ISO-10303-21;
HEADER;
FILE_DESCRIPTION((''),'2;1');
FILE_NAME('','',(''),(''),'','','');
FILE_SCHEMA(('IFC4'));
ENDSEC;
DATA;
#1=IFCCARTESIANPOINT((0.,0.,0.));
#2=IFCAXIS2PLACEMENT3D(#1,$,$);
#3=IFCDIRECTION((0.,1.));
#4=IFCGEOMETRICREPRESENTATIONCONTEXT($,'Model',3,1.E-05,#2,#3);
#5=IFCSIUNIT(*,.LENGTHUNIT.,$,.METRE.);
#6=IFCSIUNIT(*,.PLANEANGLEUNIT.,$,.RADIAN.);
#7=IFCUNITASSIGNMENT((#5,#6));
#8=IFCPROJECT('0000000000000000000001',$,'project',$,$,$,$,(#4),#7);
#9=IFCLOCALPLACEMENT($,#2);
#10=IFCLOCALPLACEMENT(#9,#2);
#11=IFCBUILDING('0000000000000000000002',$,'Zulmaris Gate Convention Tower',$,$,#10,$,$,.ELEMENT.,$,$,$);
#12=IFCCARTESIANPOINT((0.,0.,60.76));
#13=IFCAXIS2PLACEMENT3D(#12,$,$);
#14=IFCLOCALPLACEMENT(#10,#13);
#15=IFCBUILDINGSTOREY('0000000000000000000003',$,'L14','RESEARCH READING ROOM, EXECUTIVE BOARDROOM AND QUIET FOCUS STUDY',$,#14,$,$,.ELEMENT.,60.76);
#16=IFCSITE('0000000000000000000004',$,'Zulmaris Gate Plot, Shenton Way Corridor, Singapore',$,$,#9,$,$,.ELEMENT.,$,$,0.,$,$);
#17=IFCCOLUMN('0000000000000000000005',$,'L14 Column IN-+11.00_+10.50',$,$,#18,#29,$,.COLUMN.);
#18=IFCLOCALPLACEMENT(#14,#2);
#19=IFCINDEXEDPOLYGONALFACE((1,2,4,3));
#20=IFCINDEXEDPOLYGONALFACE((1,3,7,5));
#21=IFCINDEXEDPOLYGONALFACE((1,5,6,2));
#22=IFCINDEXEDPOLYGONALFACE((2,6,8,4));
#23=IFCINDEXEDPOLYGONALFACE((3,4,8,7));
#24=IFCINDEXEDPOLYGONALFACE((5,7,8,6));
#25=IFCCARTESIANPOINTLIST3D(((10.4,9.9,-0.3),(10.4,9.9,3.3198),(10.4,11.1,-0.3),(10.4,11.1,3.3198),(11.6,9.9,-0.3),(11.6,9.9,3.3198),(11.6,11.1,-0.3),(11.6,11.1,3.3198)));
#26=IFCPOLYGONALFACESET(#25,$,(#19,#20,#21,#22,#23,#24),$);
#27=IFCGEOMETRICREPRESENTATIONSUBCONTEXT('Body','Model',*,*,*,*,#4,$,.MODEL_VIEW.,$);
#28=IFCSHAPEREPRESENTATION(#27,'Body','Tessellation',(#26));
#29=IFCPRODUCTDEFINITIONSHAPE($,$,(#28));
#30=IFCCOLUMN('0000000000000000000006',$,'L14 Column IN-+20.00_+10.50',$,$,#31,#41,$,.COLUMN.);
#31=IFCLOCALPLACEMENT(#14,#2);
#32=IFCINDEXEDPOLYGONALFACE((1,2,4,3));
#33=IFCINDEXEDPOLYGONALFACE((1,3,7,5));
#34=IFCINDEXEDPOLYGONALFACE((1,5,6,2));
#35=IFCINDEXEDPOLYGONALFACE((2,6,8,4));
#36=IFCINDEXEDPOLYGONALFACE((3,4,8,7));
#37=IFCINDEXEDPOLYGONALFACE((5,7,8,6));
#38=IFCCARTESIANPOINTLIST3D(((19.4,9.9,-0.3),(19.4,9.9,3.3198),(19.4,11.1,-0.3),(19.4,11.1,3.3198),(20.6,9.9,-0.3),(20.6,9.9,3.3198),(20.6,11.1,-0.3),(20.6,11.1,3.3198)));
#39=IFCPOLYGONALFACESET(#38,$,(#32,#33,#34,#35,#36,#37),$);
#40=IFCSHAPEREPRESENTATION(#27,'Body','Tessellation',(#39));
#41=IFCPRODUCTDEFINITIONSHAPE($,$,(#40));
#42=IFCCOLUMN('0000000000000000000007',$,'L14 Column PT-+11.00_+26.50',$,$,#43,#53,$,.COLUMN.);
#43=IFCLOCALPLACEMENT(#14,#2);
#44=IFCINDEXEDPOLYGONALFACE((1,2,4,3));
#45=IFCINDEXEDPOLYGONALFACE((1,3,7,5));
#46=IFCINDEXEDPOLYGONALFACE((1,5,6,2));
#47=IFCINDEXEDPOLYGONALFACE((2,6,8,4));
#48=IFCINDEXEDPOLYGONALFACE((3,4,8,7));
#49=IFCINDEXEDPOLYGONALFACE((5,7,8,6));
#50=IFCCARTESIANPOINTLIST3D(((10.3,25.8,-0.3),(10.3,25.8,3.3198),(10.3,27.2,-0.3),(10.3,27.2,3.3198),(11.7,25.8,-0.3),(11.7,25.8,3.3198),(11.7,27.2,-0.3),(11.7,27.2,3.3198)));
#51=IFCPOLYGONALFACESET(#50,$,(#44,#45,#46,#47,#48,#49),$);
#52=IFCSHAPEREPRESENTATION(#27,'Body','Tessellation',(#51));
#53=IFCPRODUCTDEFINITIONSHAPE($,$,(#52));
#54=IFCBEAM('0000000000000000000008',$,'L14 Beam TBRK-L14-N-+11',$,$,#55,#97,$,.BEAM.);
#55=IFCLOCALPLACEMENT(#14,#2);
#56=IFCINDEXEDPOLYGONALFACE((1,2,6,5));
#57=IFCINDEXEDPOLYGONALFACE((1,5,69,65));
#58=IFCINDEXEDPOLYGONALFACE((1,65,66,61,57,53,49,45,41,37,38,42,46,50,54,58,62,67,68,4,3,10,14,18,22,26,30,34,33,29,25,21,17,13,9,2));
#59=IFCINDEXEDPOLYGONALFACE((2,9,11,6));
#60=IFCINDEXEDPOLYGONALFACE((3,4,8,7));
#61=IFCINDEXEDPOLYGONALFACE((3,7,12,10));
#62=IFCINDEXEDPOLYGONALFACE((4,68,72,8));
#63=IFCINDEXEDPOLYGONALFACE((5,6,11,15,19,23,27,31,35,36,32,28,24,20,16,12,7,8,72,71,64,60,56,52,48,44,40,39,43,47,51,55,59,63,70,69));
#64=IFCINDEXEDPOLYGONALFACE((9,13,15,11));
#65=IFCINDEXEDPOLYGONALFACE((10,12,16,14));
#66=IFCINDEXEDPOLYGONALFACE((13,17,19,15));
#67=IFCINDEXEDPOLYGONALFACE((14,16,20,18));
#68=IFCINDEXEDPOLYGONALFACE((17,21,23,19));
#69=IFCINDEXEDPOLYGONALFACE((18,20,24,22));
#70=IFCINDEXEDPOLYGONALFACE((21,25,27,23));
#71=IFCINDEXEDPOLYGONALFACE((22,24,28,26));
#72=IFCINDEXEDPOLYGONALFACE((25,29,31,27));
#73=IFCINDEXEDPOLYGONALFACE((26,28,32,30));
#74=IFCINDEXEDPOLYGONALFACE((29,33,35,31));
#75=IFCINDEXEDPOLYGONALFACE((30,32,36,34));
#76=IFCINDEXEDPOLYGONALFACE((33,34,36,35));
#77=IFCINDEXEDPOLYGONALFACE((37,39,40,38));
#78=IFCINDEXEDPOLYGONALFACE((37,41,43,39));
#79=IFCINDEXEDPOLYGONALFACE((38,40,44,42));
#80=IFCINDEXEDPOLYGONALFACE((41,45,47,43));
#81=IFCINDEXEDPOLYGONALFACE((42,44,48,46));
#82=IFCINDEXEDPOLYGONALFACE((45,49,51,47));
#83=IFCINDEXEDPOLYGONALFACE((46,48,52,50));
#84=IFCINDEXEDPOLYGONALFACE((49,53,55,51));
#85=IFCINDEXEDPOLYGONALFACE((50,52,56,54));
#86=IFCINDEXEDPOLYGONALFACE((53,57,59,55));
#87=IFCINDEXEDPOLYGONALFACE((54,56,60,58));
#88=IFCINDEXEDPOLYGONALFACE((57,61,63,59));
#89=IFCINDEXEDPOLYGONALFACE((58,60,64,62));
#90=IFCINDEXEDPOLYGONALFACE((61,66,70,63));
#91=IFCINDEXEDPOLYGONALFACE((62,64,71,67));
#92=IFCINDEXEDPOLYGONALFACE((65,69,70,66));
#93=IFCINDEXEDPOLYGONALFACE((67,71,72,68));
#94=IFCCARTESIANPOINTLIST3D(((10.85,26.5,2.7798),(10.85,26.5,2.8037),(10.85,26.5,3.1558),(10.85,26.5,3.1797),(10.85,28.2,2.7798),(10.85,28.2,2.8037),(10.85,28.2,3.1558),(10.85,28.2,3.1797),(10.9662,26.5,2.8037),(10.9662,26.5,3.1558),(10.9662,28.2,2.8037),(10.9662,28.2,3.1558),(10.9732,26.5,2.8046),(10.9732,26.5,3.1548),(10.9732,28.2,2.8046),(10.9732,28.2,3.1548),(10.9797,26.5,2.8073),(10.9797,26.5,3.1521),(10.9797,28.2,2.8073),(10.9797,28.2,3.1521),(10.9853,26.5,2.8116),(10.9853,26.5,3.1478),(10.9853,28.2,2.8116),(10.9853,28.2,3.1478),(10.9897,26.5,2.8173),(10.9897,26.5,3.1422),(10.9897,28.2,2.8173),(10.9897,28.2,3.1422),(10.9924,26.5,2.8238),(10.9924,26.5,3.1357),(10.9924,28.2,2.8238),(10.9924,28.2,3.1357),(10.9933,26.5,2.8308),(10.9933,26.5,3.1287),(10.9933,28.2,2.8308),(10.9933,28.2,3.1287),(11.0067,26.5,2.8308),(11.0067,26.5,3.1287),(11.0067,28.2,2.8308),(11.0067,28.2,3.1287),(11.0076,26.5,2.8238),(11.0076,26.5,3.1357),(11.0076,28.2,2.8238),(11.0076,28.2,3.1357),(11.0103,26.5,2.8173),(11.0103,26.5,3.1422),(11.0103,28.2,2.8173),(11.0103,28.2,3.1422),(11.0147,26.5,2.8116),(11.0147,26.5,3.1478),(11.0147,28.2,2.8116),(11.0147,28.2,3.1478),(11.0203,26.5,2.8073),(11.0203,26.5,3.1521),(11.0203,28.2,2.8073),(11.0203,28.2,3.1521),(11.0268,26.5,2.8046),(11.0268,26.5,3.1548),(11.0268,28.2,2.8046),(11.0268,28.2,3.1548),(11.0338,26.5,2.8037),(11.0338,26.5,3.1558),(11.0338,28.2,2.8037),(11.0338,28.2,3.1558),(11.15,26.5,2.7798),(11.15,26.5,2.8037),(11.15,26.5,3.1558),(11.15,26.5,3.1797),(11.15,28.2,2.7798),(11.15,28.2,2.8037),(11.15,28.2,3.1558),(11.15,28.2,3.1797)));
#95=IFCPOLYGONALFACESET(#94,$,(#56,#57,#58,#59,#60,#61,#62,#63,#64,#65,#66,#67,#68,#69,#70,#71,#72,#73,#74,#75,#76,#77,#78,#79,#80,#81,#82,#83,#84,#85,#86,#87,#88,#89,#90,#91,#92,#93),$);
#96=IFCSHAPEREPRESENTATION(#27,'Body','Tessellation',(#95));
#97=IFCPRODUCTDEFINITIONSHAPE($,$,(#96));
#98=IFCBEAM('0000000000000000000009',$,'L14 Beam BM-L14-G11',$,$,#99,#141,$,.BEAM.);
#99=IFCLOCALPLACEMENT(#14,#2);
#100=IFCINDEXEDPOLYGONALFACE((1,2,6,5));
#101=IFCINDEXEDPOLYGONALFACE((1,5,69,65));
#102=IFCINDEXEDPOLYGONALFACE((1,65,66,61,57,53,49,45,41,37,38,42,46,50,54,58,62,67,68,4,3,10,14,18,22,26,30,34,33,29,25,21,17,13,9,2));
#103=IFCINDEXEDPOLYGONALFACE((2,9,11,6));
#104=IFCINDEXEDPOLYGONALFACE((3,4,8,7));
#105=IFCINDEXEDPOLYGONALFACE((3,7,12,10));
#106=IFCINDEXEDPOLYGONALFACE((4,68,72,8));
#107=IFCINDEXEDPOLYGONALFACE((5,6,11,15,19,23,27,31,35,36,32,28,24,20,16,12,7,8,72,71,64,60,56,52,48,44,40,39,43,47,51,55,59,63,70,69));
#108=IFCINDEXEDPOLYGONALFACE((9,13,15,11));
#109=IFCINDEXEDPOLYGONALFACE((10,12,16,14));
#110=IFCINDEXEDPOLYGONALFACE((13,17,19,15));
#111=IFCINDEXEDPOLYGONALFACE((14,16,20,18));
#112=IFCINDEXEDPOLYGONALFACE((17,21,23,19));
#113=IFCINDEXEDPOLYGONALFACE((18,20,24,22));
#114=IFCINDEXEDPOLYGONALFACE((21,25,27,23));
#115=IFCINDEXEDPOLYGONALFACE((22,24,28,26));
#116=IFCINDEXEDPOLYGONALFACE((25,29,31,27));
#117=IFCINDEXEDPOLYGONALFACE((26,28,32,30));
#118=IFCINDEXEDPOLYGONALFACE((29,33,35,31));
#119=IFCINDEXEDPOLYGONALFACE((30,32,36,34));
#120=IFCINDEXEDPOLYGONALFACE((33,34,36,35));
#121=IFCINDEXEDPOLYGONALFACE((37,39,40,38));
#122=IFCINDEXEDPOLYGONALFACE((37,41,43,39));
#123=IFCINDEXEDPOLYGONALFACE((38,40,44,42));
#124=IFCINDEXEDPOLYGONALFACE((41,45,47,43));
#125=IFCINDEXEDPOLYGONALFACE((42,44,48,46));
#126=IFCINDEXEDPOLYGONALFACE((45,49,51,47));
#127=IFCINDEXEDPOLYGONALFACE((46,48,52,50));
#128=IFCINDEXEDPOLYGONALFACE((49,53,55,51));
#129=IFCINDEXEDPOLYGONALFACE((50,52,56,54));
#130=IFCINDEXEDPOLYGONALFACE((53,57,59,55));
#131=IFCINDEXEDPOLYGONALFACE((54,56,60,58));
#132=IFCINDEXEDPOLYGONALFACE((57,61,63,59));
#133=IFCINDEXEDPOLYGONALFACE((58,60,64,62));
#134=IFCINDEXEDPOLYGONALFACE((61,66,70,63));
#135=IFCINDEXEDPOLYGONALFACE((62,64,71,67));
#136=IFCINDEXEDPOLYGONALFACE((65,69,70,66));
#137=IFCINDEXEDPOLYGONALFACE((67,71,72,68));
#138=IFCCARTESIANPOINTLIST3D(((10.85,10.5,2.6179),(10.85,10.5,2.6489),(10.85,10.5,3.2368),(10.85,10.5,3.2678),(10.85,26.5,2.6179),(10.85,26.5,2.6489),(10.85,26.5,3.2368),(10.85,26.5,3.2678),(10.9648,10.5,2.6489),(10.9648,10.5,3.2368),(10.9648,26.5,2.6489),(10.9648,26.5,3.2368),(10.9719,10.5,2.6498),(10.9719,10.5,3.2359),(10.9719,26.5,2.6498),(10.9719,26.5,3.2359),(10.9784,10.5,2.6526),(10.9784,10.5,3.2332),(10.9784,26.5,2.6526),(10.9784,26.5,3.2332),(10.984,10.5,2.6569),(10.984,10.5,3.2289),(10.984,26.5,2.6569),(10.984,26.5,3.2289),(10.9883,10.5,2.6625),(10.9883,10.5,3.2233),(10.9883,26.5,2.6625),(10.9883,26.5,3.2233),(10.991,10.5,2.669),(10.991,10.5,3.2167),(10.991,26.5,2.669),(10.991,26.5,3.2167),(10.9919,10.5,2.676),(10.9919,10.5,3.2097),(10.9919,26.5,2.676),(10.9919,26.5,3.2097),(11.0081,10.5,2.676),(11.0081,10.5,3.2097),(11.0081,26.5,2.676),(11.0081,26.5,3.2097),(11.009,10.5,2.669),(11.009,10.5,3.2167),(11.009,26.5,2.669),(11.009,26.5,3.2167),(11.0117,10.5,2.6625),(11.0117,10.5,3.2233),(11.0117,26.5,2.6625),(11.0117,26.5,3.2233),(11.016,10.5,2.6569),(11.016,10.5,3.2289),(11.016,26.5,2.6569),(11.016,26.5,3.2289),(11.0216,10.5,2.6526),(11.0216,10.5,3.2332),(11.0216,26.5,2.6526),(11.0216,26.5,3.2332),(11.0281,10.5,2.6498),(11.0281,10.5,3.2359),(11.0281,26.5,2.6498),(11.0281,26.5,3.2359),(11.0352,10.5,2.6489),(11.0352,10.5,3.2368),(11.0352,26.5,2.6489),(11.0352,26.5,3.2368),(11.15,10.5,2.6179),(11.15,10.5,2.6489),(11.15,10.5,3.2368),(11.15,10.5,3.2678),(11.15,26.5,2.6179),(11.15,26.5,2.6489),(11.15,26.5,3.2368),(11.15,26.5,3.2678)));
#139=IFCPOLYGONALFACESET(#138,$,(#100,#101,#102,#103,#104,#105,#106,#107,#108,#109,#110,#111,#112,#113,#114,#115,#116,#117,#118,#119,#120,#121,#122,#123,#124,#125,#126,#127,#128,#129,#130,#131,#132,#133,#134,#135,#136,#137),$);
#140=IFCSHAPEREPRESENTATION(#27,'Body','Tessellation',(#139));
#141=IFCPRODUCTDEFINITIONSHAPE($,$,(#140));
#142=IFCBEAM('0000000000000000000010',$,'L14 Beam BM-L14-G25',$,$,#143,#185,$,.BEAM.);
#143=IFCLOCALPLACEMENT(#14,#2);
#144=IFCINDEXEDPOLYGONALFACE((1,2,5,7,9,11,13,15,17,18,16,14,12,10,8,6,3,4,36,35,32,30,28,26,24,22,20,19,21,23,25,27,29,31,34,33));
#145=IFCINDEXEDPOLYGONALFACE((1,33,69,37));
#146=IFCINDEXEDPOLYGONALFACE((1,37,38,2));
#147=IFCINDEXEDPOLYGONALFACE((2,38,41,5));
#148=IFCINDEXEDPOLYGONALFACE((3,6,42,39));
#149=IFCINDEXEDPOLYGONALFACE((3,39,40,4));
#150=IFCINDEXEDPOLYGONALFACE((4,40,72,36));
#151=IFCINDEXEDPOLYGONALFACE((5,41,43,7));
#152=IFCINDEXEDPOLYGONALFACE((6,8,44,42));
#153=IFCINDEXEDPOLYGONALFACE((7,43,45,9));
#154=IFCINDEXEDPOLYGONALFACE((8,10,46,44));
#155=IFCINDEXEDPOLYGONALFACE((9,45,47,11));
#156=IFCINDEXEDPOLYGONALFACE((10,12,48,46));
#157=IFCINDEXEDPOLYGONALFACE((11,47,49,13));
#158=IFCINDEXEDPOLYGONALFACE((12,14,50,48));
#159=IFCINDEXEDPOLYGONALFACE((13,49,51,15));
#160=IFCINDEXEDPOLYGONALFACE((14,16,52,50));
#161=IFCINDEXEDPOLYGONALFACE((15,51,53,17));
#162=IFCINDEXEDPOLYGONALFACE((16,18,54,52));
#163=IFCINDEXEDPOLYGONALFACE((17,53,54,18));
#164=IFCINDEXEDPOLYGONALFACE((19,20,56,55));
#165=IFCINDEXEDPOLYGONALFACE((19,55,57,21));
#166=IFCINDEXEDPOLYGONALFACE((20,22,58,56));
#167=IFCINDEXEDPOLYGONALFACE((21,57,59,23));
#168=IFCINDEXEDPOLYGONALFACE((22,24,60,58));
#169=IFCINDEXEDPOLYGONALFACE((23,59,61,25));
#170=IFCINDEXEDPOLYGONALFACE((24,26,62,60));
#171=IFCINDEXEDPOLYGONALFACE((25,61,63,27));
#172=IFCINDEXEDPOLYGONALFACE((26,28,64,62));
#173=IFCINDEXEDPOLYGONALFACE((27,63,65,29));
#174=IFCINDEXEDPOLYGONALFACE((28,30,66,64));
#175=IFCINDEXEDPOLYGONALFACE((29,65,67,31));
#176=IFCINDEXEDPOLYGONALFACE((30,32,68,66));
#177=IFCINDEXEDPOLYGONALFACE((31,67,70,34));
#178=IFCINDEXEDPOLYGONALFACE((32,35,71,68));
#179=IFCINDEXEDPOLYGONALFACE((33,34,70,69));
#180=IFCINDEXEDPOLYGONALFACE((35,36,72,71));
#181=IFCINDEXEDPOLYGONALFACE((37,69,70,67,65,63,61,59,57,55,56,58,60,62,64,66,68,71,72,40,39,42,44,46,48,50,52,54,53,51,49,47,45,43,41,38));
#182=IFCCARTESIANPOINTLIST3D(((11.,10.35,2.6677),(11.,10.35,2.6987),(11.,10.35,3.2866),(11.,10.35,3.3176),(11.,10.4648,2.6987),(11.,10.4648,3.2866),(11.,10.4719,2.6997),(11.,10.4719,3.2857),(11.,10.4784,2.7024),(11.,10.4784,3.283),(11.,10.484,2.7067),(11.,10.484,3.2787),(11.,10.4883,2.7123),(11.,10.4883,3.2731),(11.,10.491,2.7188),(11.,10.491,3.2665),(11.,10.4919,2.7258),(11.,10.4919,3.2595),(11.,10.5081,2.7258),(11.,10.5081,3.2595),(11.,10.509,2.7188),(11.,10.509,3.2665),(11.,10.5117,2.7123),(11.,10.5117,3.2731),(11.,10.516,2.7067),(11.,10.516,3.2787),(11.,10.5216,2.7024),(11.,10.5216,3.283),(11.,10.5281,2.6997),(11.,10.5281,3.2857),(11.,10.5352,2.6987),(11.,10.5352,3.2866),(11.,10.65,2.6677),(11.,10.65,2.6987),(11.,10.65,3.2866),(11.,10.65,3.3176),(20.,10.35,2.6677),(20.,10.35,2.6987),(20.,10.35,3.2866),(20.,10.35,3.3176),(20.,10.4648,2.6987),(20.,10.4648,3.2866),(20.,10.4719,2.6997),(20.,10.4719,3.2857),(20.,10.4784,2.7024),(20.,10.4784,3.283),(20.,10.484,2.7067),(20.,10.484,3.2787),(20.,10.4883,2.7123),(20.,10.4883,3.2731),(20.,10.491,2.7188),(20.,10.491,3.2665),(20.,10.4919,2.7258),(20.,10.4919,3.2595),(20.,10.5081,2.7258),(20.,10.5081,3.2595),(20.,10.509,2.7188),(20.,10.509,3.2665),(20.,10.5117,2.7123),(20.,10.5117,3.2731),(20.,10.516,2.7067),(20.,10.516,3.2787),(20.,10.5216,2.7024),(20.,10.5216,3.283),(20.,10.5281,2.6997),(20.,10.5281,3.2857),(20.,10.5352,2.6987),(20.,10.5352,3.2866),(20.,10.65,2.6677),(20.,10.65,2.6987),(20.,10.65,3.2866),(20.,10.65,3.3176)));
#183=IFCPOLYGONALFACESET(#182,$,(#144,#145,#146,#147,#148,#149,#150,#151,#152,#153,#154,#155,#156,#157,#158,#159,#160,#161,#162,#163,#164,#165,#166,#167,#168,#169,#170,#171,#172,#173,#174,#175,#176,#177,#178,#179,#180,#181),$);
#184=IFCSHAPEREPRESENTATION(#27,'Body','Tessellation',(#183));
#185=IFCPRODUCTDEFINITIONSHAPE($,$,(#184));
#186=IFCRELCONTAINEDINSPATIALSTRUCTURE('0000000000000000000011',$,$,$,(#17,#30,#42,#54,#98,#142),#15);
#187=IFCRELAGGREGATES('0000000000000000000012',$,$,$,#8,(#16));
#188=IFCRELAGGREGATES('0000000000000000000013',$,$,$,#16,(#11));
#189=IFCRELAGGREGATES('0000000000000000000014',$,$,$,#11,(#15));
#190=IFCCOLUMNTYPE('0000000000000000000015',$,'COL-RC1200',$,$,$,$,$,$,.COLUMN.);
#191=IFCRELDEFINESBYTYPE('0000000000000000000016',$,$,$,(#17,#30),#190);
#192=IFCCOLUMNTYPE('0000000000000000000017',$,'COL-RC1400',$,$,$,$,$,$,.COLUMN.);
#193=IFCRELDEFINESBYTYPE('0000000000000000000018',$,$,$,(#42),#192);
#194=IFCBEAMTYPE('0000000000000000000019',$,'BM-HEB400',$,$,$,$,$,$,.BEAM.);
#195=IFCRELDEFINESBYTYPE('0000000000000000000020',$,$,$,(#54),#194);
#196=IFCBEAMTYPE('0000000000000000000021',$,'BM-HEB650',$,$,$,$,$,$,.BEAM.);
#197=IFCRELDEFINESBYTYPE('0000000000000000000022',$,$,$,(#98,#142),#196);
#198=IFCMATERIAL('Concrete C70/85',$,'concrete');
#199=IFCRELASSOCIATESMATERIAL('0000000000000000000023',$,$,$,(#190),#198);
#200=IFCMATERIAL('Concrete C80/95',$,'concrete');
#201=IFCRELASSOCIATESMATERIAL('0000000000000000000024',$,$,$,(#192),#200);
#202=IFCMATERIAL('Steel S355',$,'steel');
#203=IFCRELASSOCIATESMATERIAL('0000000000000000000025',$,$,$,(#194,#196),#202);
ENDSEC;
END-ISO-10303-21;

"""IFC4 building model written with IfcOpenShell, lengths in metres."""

from ifc_helpers import new_model, si_unit, direction, frame, origin, origin_2d, place, context, subcontext, project, spatial, rectangle, i_section, extrude, material, material_profile, profile_set, type_object, element, save


model = new_model("IFC4")

# Units and contexts
model_context = context("Model", 3, precision=1e-05, world=origin(), true_north=direction((0.0, 1.0)))
body_context = subcontext(model_context, "Body", "Model", "MODEL_VIEW")
ifc_project = project(units=[si_unit("LENGTHUNIT", "METRE"), si_unit("PLANEANGLEUNIT", "RADIAN")], contexts=[model_context])

# Site, building, storey
site_placement = place(None, origin())
site = spatial("IfcSite", under=ifc_project, at=site_placement, Name="Zulmaris Gate Plot, Shenton Way Corridor, Singapore", CompositionType="ELEMENT", RefElevation=0.0)
building_placement = place(site_placement, origin())
building = spatial("IfcBuilding", under=site, at=building_placement, Name="Zulmaris Gate Convention Tower", CompositionType="ELEMENT")
storey_placement = place(building_placement, frame((0.0, 0.0, 60.76)))
storey = spatial("IfcBuildingStorey", under=building, at=storey_placement, Name="L14", Description="RESEARCH READING ROOM, EXECUTIVE BOARDROOM AND QUIET FOCUS STUDY", CompositionType="ELEMENT", Elevation=60.76)

# Columns
ifc_material_1 = material(Name="Concrete C70/85", Category="concrete")
ifc_material_profile_1 = material_profile(ifc_material_1, rectangle(XDim=1.2, YDim=1.2, at=origin_2d()), Name="RC COL 1200x1200")
ifc_profile_set_1 = profile_set([ifc_material_profile_1], Name="Concrete C70/85")
column_type_1 = type_object("IfcColumnType", Name="COL-RC1200", PredefinedType="COLUMN", material=ifc_profile_set_1)
for number, where, z_axis, x_axis, name in (
    (1, (11.0, 10.5, -0.3), (0.0, 0.0, 1.0), (1.0, 0.0, 0.0), "L14 Column IN-+11.00_+10.50"),
    (2, (20.0, 10.5, -0.3), (0.0, 0.0, 1.0), (1.0, 0.0, 0.0), "L14 Column IN-+20.00_+10.50"),
):
    element("IfcColumn", number, at=place(storey_placement, frame(where, z_axis=z_axis, x_axis=x_axis)), inside=storey, type_object=column_type_1, Name=name, PredefinedType="COLUMN", context=body_context, shape_type="SweptSolid", body=[
        extrude(rectangle(XDim=1.2, YDim=1.2, at=origin_2d()), origin(), (0.0, 0.0, 1.0), 3.6199),
    ])
ifc_material_2 = material(Name="Concrete C80/95", Category="concrete")
ifc_material_profile_2 = material_profile(ifc_material_2, rectangle(XDim=1.3999, YDim=1.3999, at=origin_2d()), Name="RC COL 1400x1400")
ifc_profile_set_2 = profile_set([ifc_material_profile_2], Name="Concrete C80/95")
column_type_2 = type_object("IfcColumnType", Name="COL-RC1400", PredefinedType="COLUMN", material=ifc_profile_set_2)
column_placement = place(storey_placement, frame((11.0, 26.5, -0.3), z_axis=(0.0, 0.0, 1.0), x_axis=(1.0, 0.0, 0.0)))
element("IfcColumn", 3, at=column_placement, inside=storey, type_object=column_type_2, Name="L14 Column PT-+11.00_+26.50", PredefinedType="COLUMN", context=body_context, shape_type="SweptSolid", body=[
    extrude(rectangle(XDim=1.3999, YDim=1.3999, at=origin_2d()), origin(), (0.0, 0.0, 1.0), 3.6199),
])

# Beams
ifc_material_3 = material(Name="Steel S355", Category="steel")
ifc_material_profile_3 = material_profile(ifc_material_3, i_section(OverallWidth=0.3, OverallDepth=0.3999, WebThickness=0.0134, FlangeThickness=0.0239, FilletRadius=0.0271, at=origin_2d()), Name="HEB 400")
ifc_profile_set_3 = profile_set([ifc_material_profile_3], Name="Steel S355")
beam_type_1 = type_object("IfcBeamType", Name="BM-HEB400", PredefinedType="BEAM", material=ifc_profile_set_3)
beam_1_placement = place(storey_placement, frame((11.0, 26.5, 2.9797), z_axis=(0.0, 1.0, 0.0), x_axis=(-1.0, 0.0, 0.0)))
element("IfcBeam", 4, at=beam_1_placement, inside=storey, type_object=beam_type_1, Name="L14 Beam TBRK-L14-N-+11", PredefinedType="BEAM", context=body_context, shape_type="SweptSolid", body=[
    extrude(i_section(OverallWidth=0.3, OverallDepth=0.3999, WebThickness=0.0134, FlangeThickness=0.0239, FilletRadius=0.0271, at=origin_2d()), origin(), (0.0, 0.0, 1.0), 1.7),
])
ifc_material_profile_4 = material_profile(ifc_material_3, i_section(OverallWidth=0.3, OverallDepth=0.6499, WebThickness=0.0161, FlangeThickness=0.031, FilletRadius=0.0271, at=origin_2d()), Name="HEB 650")
ifc_profile_set_4 = profile_set([ifc_material_profile_4], Name="Steel S355")
beam_type_2 = type_object("IfcBeamType", Name="BM-HEB650", PredefinedType="BEAM", material=ifc_profile_set_4)
beam_2_placement = place(storey_placement, frame((11.0, 10.5, 2.9429), z_axis=(0.0, 1.0, 0.0), x_axis=(-1.0, 0.0, 0.0)))
element("IfcBeam", 5, at=beam_2_placement, inside=storey, type_object=beam_type_2, Name="L14 Beam BM-L14-G11", PredefinedType="BEAM", context=body_context, shape_type="SweptSolid", body=[
    extrude(i_section(OverallWidth=0.3, OverallDepth=0.6499, WebThickness=0.0161, FlangeThickness=0.031, FilletRadius=0.0271, at=origin_2d()), origin(), (0.0, 0.0, 1.0), 16.0),
])
beam_3_placement = place(storey_placement, frame((11.0, 10.5, 2.9927), z_axis=(1.0, 0.0, 0.0), x_axis=(0.0, 1.0, 0.0)))
element("IfcBeam", 6, at=beam_3_placement, inside=storey, type_object=beam_type_2, Name="L14 Beam BM-L14-G25", PredefinedType="BEAM", context=body_context, shape_type="SweptSolid", body=[
    extrude(i_section(OverallWidth=0.3, OverallDepth=0.6499, WebThickness=0.0161, FlangeThickness=0.031, FilletRadius=0.0271, at=origin_2d()), origin(), (0.0, 0.0, 1.0), 9.0),
])

save(model, "model.ifc")
